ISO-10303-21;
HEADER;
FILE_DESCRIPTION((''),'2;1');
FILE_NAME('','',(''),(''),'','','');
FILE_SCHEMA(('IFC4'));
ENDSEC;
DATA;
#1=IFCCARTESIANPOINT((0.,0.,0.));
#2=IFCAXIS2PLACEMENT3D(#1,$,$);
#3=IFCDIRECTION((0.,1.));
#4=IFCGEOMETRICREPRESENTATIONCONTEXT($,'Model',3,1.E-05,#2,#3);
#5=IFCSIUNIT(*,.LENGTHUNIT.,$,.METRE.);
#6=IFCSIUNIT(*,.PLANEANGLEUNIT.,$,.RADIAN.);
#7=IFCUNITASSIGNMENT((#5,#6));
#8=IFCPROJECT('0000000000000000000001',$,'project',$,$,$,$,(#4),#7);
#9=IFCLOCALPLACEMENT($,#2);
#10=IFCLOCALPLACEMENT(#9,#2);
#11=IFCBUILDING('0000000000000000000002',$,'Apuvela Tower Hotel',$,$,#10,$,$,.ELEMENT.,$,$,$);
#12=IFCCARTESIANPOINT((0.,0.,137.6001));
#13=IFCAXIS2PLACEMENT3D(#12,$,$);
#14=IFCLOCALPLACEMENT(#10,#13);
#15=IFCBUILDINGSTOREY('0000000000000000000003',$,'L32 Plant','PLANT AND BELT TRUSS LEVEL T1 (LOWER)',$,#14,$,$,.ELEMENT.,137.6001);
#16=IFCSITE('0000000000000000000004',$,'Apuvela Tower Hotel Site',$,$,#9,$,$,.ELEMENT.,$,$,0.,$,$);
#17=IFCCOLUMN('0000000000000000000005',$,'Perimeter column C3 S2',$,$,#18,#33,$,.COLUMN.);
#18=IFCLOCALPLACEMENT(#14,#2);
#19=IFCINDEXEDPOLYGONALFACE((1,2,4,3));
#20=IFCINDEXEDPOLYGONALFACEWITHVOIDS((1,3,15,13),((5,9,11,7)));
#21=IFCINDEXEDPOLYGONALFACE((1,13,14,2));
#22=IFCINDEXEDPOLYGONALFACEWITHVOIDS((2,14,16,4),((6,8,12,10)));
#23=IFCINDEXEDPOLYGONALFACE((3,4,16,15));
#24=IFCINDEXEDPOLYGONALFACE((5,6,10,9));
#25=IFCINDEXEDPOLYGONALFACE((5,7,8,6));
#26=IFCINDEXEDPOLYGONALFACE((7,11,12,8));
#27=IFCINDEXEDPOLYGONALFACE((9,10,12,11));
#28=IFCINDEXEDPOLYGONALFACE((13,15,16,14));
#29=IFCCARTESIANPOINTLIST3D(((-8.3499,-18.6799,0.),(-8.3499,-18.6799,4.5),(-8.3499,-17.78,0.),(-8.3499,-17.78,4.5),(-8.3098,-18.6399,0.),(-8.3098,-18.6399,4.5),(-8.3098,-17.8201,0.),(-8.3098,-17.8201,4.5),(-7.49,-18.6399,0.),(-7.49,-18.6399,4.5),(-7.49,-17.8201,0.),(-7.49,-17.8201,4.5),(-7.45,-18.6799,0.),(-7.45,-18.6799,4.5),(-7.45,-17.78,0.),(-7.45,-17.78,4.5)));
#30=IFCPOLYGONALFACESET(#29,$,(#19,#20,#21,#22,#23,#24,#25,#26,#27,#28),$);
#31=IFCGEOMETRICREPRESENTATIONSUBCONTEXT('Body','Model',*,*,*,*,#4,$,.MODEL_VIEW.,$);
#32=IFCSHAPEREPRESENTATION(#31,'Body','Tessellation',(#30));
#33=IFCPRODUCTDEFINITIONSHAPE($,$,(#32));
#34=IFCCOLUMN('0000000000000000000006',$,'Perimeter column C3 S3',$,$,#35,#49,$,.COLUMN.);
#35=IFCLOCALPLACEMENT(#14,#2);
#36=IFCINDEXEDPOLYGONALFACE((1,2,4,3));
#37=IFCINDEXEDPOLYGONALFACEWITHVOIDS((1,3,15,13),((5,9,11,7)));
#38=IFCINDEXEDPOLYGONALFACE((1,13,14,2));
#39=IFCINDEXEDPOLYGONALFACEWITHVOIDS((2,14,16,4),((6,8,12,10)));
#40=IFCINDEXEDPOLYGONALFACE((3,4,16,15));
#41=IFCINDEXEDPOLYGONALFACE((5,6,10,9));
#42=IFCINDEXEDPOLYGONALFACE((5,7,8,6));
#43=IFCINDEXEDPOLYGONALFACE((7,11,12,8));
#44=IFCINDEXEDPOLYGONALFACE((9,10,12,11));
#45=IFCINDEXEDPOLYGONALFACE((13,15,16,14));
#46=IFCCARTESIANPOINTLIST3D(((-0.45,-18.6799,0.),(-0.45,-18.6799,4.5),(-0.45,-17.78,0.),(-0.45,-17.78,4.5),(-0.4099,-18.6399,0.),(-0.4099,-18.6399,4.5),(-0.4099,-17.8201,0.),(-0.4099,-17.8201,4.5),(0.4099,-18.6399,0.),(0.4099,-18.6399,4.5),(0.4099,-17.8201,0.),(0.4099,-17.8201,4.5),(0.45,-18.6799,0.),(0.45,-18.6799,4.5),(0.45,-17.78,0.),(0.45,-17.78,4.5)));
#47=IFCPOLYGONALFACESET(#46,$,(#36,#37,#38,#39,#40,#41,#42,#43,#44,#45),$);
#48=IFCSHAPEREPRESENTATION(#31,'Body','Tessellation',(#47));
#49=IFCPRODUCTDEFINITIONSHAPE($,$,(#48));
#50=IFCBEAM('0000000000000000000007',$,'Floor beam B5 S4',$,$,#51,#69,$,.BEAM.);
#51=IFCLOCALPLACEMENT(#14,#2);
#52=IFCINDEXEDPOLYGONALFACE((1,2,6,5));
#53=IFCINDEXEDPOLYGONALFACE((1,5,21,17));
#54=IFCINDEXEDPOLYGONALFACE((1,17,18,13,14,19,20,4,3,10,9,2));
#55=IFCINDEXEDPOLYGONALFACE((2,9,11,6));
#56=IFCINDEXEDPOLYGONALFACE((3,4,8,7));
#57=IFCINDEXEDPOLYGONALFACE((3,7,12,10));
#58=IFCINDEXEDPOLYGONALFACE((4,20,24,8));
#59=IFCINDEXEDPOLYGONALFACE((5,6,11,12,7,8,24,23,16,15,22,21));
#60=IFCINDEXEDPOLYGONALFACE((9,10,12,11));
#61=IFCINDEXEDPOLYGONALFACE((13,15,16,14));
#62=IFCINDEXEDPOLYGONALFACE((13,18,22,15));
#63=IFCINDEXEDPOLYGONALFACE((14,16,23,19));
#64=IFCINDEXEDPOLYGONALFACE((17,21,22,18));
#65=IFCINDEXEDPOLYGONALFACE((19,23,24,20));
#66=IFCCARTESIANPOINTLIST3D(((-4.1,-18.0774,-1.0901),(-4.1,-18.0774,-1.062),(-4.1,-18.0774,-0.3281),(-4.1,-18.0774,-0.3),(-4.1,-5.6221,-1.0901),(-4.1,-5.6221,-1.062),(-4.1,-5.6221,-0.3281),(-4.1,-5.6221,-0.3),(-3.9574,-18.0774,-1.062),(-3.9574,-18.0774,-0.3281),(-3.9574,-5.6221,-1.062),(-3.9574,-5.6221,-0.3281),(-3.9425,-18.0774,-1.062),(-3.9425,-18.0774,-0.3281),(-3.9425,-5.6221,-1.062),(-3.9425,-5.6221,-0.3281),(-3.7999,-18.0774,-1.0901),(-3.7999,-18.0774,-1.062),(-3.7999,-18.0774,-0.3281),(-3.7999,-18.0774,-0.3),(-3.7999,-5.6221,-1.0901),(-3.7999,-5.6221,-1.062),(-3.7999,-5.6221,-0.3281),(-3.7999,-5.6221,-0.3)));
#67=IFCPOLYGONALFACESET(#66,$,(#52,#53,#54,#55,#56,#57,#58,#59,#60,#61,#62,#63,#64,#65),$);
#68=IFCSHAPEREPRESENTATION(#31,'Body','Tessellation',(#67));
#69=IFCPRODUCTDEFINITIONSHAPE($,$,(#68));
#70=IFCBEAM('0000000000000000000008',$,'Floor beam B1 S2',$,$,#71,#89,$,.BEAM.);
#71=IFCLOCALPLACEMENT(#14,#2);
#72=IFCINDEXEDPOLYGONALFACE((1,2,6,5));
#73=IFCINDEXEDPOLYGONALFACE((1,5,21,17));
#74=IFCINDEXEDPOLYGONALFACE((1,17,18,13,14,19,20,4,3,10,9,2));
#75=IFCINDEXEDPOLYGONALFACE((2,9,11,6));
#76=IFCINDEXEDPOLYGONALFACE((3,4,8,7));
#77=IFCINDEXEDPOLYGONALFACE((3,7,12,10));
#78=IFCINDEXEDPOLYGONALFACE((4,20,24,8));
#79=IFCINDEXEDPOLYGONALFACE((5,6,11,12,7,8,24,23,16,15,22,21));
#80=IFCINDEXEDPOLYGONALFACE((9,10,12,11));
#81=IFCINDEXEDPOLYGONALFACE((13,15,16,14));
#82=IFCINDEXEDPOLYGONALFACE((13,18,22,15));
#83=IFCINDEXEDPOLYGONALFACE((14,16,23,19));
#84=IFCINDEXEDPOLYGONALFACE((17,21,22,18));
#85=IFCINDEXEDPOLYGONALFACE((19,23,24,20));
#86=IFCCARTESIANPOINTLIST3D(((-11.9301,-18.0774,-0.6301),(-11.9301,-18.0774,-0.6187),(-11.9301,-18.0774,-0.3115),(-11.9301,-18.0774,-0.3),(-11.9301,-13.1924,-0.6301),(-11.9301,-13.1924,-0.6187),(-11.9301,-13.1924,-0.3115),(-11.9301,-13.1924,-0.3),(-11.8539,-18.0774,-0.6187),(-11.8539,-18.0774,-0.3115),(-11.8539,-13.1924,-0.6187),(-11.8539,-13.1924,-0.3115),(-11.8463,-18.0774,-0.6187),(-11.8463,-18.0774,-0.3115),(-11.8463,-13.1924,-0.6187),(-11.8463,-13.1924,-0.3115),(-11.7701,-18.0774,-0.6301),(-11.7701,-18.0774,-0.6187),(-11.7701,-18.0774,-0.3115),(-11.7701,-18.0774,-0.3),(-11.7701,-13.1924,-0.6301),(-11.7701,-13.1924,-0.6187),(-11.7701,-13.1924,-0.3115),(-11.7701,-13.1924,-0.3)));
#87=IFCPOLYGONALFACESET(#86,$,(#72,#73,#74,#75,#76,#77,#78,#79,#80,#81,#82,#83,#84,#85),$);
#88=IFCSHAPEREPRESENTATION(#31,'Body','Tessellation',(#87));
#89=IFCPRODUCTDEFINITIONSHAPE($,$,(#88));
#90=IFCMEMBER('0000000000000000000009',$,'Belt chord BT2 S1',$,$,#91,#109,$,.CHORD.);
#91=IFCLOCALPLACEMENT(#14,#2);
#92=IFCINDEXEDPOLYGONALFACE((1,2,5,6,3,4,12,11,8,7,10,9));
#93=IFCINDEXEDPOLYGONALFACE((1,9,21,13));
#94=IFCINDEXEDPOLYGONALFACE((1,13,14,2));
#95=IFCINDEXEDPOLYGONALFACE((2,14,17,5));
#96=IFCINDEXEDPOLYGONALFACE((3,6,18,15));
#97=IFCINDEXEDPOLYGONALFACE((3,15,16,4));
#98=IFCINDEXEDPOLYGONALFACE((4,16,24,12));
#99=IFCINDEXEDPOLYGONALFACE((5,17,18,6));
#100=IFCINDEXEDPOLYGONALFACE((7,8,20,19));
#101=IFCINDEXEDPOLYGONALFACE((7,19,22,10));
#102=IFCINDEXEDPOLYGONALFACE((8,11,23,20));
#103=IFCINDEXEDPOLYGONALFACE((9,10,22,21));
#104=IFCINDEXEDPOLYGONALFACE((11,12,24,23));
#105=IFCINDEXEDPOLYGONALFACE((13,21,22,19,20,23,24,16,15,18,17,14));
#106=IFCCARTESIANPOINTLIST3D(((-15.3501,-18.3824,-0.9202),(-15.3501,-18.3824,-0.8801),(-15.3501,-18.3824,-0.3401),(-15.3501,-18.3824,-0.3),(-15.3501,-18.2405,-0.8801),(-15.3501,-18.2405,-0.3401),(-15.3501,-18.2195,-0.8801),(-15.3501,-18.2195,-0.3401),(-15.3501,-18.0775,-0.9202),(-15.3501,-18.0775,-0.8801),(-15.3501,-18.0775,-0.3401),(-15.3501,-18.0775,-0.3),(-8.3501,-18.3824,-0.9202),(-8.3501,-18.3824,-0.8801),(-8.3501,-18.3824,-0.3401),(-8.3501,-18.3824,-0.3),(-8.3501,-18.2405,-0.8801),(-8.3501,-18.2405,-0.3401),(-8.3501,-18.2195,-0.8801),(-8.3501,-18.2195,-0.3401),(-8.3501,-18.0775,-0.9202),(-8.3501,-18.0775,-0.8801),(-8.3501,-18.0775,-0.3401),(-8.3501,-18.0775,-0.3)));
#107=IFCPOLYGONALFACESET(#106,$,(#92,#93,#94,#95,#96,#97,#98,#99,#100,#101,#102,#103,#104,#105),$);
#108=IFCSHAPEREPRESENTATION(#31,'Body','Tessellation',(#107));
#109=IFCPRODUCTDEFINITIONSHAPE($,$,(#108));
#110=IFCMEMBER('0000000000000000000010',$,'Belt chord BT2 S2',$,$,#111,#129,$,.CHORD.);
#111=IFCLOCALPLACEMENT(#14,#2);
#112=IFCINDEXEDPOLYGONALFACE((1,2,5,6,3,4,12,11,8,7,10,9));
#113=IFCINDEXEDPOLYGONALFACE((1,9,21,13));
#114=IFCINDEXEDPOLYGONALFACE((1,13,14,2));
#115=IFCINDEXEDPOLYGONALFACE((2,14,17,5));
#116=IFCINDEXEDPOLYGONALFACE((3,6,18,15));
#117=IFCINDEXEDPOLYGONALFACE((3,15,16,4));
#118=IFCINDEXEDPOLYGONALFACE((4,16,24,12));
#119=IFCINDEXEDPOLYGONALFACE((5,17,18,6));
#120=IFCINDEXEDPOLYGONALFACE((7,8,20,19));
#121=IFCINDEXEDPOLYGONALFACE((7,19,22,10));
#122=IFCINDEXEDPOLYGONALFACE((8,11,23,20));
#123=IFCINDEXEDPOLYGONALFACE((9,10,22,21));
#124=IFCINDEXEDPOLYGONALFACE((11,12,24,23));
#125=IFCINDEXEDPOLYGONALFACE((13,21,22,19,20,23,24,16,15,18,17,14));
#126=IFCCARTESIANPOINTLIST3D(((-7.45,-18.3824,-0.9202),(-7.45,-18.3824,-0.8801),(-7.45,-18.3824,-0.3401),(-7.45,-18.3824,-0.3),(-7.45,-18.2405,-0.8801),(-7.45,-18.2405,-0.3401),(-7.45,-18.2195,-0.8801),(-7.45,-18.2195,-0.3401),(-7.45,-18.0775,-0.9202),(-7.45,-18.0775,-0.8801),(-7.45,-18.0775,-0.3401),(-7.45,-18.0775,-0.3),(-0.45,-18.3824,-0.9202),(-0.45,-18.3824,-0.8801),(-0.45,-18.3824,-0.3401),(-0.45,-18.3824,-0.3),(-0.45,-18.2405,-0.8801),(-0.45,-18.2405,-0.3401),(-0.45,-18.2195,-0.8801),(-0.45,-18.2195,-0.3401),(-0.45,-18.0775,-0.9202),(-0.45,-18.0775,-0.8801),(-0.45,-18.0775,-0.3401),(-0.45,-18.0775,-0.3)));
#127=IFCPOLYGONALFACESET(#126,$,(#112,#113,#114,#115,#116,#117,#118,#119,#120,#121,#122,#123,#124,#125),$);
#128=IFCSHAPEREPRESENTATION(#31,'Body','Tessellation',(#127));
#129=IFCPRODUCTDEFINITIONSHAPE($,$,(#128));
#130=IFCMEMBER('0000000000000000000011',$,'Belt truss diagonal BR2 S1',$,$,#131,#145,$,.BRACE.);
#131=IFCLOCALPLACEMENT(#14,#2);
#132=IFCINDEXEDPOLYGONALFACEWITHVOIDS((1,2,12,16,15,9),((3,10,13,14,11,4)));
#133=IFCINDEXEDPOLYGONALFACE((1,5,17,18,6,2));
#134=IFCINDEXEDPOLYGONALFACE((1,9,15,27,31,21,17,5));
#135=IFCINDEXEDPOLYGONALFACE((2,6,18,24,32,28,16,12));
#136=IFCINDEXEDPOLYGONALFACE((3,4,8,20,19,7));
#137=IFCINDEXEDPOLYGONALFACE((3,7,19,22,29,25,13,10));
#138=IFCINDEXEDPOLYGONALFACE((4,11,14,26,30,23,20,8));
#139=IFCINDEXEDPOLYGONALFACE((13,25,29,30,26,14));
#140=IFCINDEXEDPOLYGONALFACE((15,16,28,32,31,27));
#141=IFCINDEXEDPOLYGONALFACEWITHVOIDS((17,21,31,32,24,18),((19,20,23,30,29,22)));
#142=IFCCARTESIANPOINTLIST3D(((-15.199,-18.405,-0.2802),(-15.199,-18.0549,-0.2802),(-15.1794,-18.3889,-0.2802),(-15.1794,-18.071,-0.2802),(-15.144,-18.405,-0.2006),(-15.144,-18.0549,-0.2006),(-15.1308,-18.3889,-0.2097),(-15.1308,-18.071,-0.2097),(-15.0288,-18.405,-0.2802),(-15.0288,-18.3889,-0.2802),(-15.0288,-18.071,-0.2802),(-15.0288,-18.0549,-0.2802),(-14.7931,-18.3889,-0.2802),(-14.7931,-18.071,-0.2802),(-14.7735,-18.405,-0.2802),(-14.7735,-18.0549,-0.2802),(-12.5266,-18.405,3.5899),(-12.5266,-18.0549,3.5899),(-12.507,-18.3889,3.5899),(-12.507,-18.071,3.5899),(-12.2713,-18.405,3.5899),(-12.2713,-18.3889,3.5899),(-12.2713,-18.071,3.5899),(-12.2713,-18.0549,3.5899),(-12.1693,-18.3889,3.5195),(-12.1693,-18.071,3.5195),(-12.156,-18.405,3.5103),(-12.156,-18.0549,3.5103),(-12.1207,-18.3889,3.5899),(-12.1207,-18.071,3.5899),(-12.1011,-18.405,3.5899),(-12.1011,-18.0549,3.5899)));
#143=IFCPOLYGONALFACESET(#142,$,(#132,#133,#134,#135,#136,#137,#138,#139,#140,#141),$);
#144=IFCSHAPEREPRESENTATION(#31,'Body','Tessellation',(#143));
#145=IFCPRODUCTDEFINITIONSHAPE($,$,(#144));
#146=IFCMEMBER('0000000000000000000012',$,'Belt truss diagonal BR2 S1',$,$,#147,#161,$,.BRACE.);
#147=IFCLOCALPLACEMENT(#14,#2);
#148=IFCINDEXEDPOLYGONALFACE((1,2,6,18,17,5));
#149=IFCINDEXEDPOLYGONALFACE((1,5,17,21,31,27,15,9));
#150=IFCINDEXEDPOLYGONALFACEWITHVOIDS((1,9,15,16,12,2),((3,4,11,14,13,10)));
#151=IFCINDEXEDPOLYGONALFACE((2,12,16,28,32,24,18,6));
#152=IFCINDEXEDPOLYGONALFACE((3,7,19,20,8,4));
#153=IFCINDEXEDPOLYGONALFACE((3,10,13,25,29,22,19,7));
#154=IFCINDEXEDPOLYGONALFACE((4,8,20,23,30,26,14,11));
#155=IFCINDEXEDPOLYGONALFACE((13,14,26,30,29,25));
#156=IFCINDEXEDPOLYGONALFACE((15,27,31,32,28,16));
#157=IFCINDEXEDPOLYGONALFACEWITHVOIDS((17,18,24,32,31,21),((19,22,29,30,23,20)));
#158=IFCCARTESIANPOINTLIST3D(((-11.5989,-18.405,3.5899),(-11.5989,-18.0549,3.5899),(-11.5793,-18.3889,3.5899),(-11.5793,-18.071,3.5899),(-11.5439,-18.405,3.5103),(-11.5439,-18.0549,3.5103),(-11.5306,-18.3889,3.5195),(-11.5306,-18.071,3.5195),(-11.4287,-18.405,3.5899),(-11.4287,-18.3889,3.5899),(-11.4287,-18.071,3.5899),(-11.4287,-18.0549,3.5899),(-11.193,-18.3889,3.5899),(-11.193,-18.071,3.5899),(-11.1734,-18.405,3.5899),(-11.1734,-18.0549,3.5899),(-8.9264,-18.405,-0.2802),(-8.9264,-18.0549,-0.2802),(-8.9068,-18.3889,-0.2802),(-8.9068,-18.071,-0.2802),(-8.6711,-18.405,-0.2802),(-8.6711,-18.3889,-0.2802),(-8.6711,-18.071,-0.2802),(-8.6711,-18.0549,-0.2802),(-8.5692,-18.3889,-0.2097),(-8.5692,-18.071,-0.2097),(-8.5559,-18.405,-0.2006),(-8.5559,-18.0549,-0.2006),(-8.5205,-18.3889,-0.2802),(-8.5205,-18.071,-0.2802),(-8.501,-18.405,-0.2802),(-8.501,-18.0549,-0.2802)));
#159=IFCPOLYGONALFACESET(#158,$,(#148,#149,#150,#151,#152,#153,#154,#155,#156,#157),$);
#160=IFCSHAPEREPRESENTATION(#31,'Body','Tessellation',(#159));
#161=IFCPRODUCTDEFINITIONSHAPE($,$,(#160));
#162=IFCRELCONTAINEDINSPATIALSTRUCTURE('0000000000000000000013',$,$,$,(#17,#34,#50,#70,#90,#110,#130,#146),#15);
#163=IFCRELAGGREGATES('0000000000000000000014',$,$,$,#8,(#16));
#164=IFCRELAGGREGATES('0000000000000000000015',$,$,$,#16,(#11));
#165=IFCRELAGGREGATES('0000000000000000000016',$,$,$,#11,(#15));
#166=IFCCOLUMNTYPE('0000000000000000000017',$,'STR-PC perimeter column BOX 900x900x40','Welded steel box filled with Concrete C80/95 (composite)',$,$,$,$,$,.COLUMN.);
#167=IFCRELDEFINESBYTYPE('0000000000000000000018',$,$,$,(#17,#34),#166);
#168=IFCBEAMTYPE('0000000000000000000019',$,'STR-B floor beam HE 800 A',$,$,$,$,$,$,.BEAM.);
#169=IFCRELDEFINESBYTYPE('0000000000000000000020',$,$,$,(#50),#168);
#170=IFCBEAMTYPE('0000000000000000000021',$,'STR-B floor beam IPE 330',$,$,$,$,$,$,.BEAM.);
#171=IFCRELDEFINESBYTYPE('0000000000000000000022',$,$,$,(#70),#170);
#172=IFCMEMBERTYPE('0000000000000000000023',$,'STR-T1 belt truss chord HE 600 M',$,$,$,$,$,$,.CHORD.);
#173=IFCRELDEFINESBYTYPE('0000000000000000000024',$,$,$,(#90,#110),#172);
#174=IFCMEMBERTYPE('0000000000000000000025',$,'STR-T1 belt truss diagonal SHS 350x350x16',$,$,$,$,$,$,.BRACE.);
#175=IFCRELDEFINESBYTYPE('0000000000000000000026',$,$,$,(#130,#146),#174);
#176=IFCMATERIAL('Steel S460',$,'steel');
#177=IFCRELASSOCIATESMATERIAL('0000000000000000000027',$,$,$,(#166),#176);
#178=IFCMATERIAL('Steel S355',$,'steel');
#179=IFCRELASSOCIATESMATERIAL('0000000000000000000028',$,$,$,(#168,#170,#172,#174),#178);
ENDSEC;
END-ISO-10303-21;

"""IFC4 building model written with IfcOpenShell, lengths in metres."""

from ifc_helpers import new_model, si_unit, direction, frame, origin, origin_2d, place, context, subcontext, project, spatial, rectangle, hollow_rectangle, i_section, extrude, boolean, halfspace, material, material_profile, profile_set, type_object, element, save


model = new_model("IFC4")

# Units and contexts
model_context = context("Model", 3, precision=1e-05, world=origin(), true_north=direction((0.0, 1.0)))
body_context = subcontext(model_context, "Body", "Model", "MODEL_VIEW")
ifc_project = project(units=[si_unit("LENGTHUNIT", "METRE"), si_unit("PLANEANGLEUNIT", "RADIAN")], contexts=[model_context])

# Site, building, storey
site_placement = place(None, origin())
site = spatial("IfcSite", under=ifc_project, at=site_placement, Name="Apuvela Tower Hotel Site", CompositionType="ELEMENT", RefElevation=0.0)
building_placement = place(site_placement, origin())
building = spatial("IfcBuilding", under=site, at=building_placement, Name="Apuvela Tower Hotel", CompositionType="ELEMENT")
storey_placement = place(building_placement, frame((0.0, 0.0, 137.6001)))
storey = spatial("IfcBuildingStorey", under=building, at=storey_placement, Name="L32 Plant", Description="PLANT AND BELT TRUSS LEVEL T1 (LOWER)", CompositionType="ELEMENT", Elevation=137.6001)

# Columns
ifc_material_1 = material(Name="Steel S460", Category="steel")
ifc_material_profile_1 = material_profile(ifc_material_1, hollow_rectangle(XDim=0.8999, YDim=0.8999, WallThickness=0.04, at=origin_2d()), Name="BOX 900x900x40")
ifc_material_2 = material(Name="Concrete C80/95", Category="concrete")
ifc_material_profile_2 = material_profile(ifc_material_2, rectangle(XDim=0.8201, YDim=0.8201, at=origin_2d()), Name="Concrete C80/95 infill")
ifc_profile_set_1 = profile_set([ifc_material_profile_1, ifc_material_profile_2], Name="Steel S460")
column_type = type_object("IfcColumnType", Name="STR-PC perimeter column BOX 900x900x40", Description="Welded steel box filled with Concrete C80/95 (composite)", PredefinedType="COLUMN", material=ifc_profile_set_1)
for number, where, z_axis, x_axis, name in (
    (1, (-7.8999, -18.23, 0.0), (0.0, 0.0, 1.0), (-1.0, 0.0, 0.0), "Perimeter column C3 S2"),
    (2, (0.0, -18.23, 0.0), (0.0, 0.0, 1.0), (-1.0, 0.0, 0.0), "Perimeter column C3 S3"),
):
    element("IfcColumn", number, at=place(storey_placement, frame(where, z_axis=z_axis, x_axis=x_axis)), inside=storey, type_object=column_type, Name=name, PredefinedType="COLUMN", context=body_context, shape_type="SweptSolid", body=[
        extrude(hollow_rectangle(XDim=0.8999, YDim=0.8999, WallThickness=0.04, at=origin_2d()), origin(), (0.0, 0.0, 1.0), 4.5),
    ])

# Beams
ifc_material_3 = material(Name="Steel S355", Category="steel")
ifc_material_profile_3 = material_profile(ifc_material_3, i_section(OverallWidth=0.3, OverallDepth=0.79, WebThickness=0.0149, FlangeThickness=0.0281, at=origin_2d()), Name="HE 800 A")
ifc_profile_set_2 = profile_set([ifc_material_profile_3], Name="Steel S355")
beam_type_1 = type_object("IfcBeamType", Name="STR-B floor beam HE 800 A", PredefinedType="BEAM", material=ifc_profile_set_2)
beam_1_placement = place(storey_placement, frame((-3.95, -18.0774, -0.6951), z_axis=(0.0, 1.0, 0.0), x_axis=(-1.0, 0.0, 0.0)))
element("IfcBeam", 3, at=beam_1_placement, inside=storey, type_object=beam_type_1, Name="Floor beam B5 S4", PredefinedType="BEAM", context=body_context, shape_type="SweptSolid", body=[
    extrude(i_section(OverallWidth=0.3, OverallDepth=0.79, WebThickness=0.0149, FlangeThickness=0.0281, at=origin_2d()), origin(), (0.0, 0.0, 1.0), 12.4553),
])
ifc_material_profile_4 = material_profile(ifc_material_3, i_section(OverallWidth=0.1599, OverallDepth=0.3301, WebThickness=0.0076, FlangeThickness=0.0115, at=origin_2d()), Name="IPE 330")
ifc_profile_set_3 = profile_set([ifc_material_profile_4], Name="Steel S355")
beam_type_2 = type_object("IfcBeamType", Name="STR-B floor beam IPE 330", PredefinedType="BEAM", material=ifc_profile_set_3)
beam_2_placement = place(storey_placement, frame((-11.8501, -18.0774, -0.4651), z_axis=(0.0, 1.0, 0.0), x_axis=(-1.0, 0.0, 0.0)))
element("IfcBeam", 4, at=beam_2_placement, inside=storey, type_object=beam_type_2, Name="Floor beam B1 S2", PredefinedType="BEAM", context=body_context, shape_type="SweptSolid", body=[
    extrude(i_section(OverallWidth=0.1599, OverallDepth=0.3301, WebThickness=0.0076, FlangeThickness=0.0115, at=origin_2d()), origin(), (0.0, 0.0, 1.0), 4.885),
])

# Members
ifc_material_profile_5 = material_profile(ifc_material_3, i_section(OverallWidth=0.3049, OverallDepth=0.6201, WebThickness=0.021, FlangeThickness=0.04, at=origin_2d()), Name="HE 600 M")
ifc_profile_set_4 = profile_set([ifc_material_profile_5], Name="Steel S355")
member_type_1 = type_object("IfcMemberType", Name="STR-T1 belt truss chord HE 600 M", PredefinedType="CHORD", material=ifc_profile_set_4)
for number, where, z_axis, x_axis, name in (
    (5, (-15.3501, -18.23, -0.6101), (1.0, 0.0, 0.0), (0.0, 1.0, 0.0), "Belt chord BT2 S1"),
    (6, (-7.45, -18.23, -0.6101), (1.0, 0.0, 0.0), (0.0, 1.0, 0.0), "Belt chord BT2 S2"),
):
    element("IfcMember", number, at=place(storey_placement, frame(where, z_axis=z_axis, x_axis=x_axis)), inside=storey, type_object=member_type_1, Name=name, PredefinedType="CHORD", context=body_context, shape_type="SweptSolid", body=[
        extrude(i_section(OverallWidth=0.3049, OverallDepth=0.6201, WebThickness=0.021, FlangeThickness=0.04, at=origin_2d()), origin(), (0.0, 0.0, 1.0), 7.0),
    ])
ifc_material_profile_6 = material_profile(ifc_material_3, hollow_rectangle(XDim=0.3501, YDim=0.3501, WallThickness=0.0161, at=origin_2d()), Name="SHS 350x350x16")
ifc_profile_set_5 = profile_set([ifc_material_profile_6], Name="Steel S355")
member_type_2 = type_object("IfcMemberType", Name="STR-T1 belt truss diagonal SHS 350x350x16", PredefinedType="BRACE", material=ifc_profile_set_5)
member_1_placement = place(storey_placement, frame((-15.0, -18.23, -0.3), z_axis=(0.568226, 0.0, 0.822872), x_axis=(-0.822872, 0.0, 0.568226)))
solid_1 = boolean("DIFFERENCE", boolean("DIFFERENCE", extrude(hollow_rectangle(XDim=0.3501, YDim=0.3501, WallThickness=0.0161, at=origin_2d()), frame((0.0, 0.0, -0.2407)), (0.0, 0.0, 1.0), 5.2332), halfspace(frame((0.0, 0.0, 0.0242), z_axis=(0.568226, 0.0, 0.822872), x_axis=(0.822872, 0.0, -0.568226)), True)), halfspace(frame((0.0, 0.0, 4.7273), z_axis=(0.568226, 0.0, 0.822872), x_axis=(0.822872, 0.0, -0.568226)), False))
element("IfcMember", 7, at=member_1_placement, inside=storey, type_object=member_type_2, Name="Belt truss diagonal BR2 S1", PredefinedType="BRACE", context=body_context, shape_type="SweptSolid", body=[
    boolean("UNION", boolean("DIFFERENCE", boolean("DIFFERENCE", extrude(hollow_rectangle(XDim=0.3501, YDim=0.3501, WallThickness=0.0161, at=origin_2d()), origin(), (0.0, 0.0, 1.0), 4.7515), halfspace(frame((0.0, 0.0, 0.0242), z_axis=(0.568226, 0.0, 0.822872), x_axis=(0.822872, 0.0, -0.568226)), True)), halfspace(frame((0.0, 0.0, 4.7273), z_axis=(0.568226, 0.0, 0.822872), x_axis=(0.822872, 0.0, -0.568226)), False)), solid_1),
])
member_2_placement = place(storey_placement, frame((-8.7, -18.23, -0.3), z_axis=(-0.568226, 0.0, 0.822872), x_axis=(0.822872, 0.0, 0.568226)))
solid_2 = boolean("DIFFERENCE", boolean("DIFFERENCE", extrude(hollow_rectangle(XDim=0.3501, YDim=0.3501, WallThickness=0.0161, at=origin_2d()), frame((0.0, 0.0, -0.2407)), (0.0, 0.0, 1.0), 5.2332), halfspace(frame((0.0, 0.0, 0.0242), z_axis=(0.568226, 0.0, 0.822872), x_axis=(0.822872, 0.0, -0.568226)), True)), halfspace(frame((0.0, 0.0, 4.7273), z_axis=(0.568226, 0.0, 0.822872), x_axis=(0.822872, 0.0, -0.568226)), False))
element("IfcMember", 8, at=member_2_placement, inside=storey, type_object=member_type_2, Name="Belt truss diagonal BR2 S1", PredefinedType="BRACE", context=body_context, shape_type="SweptSolid", body=[
    boolean("UNION", boolean("DIFFERENCE", boolean("DIFFERENCE", extrude(hollow_rectangle(XDim=0.3501, YDim=0.3501, WallThickness=0.0161, at=origin_2d()), origin(), (0.0, 0.0, 1.0), 4.7515), halfspace(frame((0.0, 0.0, 0.0242), z_axis=(0.568226, 0.0, 0.822872), x_axis=(0.822872, 0.0, -0.568226)), True)), halfspace(frame((0.0, 0.0, 4.7273), z_axis=(0.568226, 0.0, 0.822872), x_axis=(0.822872, 0.0, -0.568226)), False)), solid_2),
])

save(model, "model.ifc")
